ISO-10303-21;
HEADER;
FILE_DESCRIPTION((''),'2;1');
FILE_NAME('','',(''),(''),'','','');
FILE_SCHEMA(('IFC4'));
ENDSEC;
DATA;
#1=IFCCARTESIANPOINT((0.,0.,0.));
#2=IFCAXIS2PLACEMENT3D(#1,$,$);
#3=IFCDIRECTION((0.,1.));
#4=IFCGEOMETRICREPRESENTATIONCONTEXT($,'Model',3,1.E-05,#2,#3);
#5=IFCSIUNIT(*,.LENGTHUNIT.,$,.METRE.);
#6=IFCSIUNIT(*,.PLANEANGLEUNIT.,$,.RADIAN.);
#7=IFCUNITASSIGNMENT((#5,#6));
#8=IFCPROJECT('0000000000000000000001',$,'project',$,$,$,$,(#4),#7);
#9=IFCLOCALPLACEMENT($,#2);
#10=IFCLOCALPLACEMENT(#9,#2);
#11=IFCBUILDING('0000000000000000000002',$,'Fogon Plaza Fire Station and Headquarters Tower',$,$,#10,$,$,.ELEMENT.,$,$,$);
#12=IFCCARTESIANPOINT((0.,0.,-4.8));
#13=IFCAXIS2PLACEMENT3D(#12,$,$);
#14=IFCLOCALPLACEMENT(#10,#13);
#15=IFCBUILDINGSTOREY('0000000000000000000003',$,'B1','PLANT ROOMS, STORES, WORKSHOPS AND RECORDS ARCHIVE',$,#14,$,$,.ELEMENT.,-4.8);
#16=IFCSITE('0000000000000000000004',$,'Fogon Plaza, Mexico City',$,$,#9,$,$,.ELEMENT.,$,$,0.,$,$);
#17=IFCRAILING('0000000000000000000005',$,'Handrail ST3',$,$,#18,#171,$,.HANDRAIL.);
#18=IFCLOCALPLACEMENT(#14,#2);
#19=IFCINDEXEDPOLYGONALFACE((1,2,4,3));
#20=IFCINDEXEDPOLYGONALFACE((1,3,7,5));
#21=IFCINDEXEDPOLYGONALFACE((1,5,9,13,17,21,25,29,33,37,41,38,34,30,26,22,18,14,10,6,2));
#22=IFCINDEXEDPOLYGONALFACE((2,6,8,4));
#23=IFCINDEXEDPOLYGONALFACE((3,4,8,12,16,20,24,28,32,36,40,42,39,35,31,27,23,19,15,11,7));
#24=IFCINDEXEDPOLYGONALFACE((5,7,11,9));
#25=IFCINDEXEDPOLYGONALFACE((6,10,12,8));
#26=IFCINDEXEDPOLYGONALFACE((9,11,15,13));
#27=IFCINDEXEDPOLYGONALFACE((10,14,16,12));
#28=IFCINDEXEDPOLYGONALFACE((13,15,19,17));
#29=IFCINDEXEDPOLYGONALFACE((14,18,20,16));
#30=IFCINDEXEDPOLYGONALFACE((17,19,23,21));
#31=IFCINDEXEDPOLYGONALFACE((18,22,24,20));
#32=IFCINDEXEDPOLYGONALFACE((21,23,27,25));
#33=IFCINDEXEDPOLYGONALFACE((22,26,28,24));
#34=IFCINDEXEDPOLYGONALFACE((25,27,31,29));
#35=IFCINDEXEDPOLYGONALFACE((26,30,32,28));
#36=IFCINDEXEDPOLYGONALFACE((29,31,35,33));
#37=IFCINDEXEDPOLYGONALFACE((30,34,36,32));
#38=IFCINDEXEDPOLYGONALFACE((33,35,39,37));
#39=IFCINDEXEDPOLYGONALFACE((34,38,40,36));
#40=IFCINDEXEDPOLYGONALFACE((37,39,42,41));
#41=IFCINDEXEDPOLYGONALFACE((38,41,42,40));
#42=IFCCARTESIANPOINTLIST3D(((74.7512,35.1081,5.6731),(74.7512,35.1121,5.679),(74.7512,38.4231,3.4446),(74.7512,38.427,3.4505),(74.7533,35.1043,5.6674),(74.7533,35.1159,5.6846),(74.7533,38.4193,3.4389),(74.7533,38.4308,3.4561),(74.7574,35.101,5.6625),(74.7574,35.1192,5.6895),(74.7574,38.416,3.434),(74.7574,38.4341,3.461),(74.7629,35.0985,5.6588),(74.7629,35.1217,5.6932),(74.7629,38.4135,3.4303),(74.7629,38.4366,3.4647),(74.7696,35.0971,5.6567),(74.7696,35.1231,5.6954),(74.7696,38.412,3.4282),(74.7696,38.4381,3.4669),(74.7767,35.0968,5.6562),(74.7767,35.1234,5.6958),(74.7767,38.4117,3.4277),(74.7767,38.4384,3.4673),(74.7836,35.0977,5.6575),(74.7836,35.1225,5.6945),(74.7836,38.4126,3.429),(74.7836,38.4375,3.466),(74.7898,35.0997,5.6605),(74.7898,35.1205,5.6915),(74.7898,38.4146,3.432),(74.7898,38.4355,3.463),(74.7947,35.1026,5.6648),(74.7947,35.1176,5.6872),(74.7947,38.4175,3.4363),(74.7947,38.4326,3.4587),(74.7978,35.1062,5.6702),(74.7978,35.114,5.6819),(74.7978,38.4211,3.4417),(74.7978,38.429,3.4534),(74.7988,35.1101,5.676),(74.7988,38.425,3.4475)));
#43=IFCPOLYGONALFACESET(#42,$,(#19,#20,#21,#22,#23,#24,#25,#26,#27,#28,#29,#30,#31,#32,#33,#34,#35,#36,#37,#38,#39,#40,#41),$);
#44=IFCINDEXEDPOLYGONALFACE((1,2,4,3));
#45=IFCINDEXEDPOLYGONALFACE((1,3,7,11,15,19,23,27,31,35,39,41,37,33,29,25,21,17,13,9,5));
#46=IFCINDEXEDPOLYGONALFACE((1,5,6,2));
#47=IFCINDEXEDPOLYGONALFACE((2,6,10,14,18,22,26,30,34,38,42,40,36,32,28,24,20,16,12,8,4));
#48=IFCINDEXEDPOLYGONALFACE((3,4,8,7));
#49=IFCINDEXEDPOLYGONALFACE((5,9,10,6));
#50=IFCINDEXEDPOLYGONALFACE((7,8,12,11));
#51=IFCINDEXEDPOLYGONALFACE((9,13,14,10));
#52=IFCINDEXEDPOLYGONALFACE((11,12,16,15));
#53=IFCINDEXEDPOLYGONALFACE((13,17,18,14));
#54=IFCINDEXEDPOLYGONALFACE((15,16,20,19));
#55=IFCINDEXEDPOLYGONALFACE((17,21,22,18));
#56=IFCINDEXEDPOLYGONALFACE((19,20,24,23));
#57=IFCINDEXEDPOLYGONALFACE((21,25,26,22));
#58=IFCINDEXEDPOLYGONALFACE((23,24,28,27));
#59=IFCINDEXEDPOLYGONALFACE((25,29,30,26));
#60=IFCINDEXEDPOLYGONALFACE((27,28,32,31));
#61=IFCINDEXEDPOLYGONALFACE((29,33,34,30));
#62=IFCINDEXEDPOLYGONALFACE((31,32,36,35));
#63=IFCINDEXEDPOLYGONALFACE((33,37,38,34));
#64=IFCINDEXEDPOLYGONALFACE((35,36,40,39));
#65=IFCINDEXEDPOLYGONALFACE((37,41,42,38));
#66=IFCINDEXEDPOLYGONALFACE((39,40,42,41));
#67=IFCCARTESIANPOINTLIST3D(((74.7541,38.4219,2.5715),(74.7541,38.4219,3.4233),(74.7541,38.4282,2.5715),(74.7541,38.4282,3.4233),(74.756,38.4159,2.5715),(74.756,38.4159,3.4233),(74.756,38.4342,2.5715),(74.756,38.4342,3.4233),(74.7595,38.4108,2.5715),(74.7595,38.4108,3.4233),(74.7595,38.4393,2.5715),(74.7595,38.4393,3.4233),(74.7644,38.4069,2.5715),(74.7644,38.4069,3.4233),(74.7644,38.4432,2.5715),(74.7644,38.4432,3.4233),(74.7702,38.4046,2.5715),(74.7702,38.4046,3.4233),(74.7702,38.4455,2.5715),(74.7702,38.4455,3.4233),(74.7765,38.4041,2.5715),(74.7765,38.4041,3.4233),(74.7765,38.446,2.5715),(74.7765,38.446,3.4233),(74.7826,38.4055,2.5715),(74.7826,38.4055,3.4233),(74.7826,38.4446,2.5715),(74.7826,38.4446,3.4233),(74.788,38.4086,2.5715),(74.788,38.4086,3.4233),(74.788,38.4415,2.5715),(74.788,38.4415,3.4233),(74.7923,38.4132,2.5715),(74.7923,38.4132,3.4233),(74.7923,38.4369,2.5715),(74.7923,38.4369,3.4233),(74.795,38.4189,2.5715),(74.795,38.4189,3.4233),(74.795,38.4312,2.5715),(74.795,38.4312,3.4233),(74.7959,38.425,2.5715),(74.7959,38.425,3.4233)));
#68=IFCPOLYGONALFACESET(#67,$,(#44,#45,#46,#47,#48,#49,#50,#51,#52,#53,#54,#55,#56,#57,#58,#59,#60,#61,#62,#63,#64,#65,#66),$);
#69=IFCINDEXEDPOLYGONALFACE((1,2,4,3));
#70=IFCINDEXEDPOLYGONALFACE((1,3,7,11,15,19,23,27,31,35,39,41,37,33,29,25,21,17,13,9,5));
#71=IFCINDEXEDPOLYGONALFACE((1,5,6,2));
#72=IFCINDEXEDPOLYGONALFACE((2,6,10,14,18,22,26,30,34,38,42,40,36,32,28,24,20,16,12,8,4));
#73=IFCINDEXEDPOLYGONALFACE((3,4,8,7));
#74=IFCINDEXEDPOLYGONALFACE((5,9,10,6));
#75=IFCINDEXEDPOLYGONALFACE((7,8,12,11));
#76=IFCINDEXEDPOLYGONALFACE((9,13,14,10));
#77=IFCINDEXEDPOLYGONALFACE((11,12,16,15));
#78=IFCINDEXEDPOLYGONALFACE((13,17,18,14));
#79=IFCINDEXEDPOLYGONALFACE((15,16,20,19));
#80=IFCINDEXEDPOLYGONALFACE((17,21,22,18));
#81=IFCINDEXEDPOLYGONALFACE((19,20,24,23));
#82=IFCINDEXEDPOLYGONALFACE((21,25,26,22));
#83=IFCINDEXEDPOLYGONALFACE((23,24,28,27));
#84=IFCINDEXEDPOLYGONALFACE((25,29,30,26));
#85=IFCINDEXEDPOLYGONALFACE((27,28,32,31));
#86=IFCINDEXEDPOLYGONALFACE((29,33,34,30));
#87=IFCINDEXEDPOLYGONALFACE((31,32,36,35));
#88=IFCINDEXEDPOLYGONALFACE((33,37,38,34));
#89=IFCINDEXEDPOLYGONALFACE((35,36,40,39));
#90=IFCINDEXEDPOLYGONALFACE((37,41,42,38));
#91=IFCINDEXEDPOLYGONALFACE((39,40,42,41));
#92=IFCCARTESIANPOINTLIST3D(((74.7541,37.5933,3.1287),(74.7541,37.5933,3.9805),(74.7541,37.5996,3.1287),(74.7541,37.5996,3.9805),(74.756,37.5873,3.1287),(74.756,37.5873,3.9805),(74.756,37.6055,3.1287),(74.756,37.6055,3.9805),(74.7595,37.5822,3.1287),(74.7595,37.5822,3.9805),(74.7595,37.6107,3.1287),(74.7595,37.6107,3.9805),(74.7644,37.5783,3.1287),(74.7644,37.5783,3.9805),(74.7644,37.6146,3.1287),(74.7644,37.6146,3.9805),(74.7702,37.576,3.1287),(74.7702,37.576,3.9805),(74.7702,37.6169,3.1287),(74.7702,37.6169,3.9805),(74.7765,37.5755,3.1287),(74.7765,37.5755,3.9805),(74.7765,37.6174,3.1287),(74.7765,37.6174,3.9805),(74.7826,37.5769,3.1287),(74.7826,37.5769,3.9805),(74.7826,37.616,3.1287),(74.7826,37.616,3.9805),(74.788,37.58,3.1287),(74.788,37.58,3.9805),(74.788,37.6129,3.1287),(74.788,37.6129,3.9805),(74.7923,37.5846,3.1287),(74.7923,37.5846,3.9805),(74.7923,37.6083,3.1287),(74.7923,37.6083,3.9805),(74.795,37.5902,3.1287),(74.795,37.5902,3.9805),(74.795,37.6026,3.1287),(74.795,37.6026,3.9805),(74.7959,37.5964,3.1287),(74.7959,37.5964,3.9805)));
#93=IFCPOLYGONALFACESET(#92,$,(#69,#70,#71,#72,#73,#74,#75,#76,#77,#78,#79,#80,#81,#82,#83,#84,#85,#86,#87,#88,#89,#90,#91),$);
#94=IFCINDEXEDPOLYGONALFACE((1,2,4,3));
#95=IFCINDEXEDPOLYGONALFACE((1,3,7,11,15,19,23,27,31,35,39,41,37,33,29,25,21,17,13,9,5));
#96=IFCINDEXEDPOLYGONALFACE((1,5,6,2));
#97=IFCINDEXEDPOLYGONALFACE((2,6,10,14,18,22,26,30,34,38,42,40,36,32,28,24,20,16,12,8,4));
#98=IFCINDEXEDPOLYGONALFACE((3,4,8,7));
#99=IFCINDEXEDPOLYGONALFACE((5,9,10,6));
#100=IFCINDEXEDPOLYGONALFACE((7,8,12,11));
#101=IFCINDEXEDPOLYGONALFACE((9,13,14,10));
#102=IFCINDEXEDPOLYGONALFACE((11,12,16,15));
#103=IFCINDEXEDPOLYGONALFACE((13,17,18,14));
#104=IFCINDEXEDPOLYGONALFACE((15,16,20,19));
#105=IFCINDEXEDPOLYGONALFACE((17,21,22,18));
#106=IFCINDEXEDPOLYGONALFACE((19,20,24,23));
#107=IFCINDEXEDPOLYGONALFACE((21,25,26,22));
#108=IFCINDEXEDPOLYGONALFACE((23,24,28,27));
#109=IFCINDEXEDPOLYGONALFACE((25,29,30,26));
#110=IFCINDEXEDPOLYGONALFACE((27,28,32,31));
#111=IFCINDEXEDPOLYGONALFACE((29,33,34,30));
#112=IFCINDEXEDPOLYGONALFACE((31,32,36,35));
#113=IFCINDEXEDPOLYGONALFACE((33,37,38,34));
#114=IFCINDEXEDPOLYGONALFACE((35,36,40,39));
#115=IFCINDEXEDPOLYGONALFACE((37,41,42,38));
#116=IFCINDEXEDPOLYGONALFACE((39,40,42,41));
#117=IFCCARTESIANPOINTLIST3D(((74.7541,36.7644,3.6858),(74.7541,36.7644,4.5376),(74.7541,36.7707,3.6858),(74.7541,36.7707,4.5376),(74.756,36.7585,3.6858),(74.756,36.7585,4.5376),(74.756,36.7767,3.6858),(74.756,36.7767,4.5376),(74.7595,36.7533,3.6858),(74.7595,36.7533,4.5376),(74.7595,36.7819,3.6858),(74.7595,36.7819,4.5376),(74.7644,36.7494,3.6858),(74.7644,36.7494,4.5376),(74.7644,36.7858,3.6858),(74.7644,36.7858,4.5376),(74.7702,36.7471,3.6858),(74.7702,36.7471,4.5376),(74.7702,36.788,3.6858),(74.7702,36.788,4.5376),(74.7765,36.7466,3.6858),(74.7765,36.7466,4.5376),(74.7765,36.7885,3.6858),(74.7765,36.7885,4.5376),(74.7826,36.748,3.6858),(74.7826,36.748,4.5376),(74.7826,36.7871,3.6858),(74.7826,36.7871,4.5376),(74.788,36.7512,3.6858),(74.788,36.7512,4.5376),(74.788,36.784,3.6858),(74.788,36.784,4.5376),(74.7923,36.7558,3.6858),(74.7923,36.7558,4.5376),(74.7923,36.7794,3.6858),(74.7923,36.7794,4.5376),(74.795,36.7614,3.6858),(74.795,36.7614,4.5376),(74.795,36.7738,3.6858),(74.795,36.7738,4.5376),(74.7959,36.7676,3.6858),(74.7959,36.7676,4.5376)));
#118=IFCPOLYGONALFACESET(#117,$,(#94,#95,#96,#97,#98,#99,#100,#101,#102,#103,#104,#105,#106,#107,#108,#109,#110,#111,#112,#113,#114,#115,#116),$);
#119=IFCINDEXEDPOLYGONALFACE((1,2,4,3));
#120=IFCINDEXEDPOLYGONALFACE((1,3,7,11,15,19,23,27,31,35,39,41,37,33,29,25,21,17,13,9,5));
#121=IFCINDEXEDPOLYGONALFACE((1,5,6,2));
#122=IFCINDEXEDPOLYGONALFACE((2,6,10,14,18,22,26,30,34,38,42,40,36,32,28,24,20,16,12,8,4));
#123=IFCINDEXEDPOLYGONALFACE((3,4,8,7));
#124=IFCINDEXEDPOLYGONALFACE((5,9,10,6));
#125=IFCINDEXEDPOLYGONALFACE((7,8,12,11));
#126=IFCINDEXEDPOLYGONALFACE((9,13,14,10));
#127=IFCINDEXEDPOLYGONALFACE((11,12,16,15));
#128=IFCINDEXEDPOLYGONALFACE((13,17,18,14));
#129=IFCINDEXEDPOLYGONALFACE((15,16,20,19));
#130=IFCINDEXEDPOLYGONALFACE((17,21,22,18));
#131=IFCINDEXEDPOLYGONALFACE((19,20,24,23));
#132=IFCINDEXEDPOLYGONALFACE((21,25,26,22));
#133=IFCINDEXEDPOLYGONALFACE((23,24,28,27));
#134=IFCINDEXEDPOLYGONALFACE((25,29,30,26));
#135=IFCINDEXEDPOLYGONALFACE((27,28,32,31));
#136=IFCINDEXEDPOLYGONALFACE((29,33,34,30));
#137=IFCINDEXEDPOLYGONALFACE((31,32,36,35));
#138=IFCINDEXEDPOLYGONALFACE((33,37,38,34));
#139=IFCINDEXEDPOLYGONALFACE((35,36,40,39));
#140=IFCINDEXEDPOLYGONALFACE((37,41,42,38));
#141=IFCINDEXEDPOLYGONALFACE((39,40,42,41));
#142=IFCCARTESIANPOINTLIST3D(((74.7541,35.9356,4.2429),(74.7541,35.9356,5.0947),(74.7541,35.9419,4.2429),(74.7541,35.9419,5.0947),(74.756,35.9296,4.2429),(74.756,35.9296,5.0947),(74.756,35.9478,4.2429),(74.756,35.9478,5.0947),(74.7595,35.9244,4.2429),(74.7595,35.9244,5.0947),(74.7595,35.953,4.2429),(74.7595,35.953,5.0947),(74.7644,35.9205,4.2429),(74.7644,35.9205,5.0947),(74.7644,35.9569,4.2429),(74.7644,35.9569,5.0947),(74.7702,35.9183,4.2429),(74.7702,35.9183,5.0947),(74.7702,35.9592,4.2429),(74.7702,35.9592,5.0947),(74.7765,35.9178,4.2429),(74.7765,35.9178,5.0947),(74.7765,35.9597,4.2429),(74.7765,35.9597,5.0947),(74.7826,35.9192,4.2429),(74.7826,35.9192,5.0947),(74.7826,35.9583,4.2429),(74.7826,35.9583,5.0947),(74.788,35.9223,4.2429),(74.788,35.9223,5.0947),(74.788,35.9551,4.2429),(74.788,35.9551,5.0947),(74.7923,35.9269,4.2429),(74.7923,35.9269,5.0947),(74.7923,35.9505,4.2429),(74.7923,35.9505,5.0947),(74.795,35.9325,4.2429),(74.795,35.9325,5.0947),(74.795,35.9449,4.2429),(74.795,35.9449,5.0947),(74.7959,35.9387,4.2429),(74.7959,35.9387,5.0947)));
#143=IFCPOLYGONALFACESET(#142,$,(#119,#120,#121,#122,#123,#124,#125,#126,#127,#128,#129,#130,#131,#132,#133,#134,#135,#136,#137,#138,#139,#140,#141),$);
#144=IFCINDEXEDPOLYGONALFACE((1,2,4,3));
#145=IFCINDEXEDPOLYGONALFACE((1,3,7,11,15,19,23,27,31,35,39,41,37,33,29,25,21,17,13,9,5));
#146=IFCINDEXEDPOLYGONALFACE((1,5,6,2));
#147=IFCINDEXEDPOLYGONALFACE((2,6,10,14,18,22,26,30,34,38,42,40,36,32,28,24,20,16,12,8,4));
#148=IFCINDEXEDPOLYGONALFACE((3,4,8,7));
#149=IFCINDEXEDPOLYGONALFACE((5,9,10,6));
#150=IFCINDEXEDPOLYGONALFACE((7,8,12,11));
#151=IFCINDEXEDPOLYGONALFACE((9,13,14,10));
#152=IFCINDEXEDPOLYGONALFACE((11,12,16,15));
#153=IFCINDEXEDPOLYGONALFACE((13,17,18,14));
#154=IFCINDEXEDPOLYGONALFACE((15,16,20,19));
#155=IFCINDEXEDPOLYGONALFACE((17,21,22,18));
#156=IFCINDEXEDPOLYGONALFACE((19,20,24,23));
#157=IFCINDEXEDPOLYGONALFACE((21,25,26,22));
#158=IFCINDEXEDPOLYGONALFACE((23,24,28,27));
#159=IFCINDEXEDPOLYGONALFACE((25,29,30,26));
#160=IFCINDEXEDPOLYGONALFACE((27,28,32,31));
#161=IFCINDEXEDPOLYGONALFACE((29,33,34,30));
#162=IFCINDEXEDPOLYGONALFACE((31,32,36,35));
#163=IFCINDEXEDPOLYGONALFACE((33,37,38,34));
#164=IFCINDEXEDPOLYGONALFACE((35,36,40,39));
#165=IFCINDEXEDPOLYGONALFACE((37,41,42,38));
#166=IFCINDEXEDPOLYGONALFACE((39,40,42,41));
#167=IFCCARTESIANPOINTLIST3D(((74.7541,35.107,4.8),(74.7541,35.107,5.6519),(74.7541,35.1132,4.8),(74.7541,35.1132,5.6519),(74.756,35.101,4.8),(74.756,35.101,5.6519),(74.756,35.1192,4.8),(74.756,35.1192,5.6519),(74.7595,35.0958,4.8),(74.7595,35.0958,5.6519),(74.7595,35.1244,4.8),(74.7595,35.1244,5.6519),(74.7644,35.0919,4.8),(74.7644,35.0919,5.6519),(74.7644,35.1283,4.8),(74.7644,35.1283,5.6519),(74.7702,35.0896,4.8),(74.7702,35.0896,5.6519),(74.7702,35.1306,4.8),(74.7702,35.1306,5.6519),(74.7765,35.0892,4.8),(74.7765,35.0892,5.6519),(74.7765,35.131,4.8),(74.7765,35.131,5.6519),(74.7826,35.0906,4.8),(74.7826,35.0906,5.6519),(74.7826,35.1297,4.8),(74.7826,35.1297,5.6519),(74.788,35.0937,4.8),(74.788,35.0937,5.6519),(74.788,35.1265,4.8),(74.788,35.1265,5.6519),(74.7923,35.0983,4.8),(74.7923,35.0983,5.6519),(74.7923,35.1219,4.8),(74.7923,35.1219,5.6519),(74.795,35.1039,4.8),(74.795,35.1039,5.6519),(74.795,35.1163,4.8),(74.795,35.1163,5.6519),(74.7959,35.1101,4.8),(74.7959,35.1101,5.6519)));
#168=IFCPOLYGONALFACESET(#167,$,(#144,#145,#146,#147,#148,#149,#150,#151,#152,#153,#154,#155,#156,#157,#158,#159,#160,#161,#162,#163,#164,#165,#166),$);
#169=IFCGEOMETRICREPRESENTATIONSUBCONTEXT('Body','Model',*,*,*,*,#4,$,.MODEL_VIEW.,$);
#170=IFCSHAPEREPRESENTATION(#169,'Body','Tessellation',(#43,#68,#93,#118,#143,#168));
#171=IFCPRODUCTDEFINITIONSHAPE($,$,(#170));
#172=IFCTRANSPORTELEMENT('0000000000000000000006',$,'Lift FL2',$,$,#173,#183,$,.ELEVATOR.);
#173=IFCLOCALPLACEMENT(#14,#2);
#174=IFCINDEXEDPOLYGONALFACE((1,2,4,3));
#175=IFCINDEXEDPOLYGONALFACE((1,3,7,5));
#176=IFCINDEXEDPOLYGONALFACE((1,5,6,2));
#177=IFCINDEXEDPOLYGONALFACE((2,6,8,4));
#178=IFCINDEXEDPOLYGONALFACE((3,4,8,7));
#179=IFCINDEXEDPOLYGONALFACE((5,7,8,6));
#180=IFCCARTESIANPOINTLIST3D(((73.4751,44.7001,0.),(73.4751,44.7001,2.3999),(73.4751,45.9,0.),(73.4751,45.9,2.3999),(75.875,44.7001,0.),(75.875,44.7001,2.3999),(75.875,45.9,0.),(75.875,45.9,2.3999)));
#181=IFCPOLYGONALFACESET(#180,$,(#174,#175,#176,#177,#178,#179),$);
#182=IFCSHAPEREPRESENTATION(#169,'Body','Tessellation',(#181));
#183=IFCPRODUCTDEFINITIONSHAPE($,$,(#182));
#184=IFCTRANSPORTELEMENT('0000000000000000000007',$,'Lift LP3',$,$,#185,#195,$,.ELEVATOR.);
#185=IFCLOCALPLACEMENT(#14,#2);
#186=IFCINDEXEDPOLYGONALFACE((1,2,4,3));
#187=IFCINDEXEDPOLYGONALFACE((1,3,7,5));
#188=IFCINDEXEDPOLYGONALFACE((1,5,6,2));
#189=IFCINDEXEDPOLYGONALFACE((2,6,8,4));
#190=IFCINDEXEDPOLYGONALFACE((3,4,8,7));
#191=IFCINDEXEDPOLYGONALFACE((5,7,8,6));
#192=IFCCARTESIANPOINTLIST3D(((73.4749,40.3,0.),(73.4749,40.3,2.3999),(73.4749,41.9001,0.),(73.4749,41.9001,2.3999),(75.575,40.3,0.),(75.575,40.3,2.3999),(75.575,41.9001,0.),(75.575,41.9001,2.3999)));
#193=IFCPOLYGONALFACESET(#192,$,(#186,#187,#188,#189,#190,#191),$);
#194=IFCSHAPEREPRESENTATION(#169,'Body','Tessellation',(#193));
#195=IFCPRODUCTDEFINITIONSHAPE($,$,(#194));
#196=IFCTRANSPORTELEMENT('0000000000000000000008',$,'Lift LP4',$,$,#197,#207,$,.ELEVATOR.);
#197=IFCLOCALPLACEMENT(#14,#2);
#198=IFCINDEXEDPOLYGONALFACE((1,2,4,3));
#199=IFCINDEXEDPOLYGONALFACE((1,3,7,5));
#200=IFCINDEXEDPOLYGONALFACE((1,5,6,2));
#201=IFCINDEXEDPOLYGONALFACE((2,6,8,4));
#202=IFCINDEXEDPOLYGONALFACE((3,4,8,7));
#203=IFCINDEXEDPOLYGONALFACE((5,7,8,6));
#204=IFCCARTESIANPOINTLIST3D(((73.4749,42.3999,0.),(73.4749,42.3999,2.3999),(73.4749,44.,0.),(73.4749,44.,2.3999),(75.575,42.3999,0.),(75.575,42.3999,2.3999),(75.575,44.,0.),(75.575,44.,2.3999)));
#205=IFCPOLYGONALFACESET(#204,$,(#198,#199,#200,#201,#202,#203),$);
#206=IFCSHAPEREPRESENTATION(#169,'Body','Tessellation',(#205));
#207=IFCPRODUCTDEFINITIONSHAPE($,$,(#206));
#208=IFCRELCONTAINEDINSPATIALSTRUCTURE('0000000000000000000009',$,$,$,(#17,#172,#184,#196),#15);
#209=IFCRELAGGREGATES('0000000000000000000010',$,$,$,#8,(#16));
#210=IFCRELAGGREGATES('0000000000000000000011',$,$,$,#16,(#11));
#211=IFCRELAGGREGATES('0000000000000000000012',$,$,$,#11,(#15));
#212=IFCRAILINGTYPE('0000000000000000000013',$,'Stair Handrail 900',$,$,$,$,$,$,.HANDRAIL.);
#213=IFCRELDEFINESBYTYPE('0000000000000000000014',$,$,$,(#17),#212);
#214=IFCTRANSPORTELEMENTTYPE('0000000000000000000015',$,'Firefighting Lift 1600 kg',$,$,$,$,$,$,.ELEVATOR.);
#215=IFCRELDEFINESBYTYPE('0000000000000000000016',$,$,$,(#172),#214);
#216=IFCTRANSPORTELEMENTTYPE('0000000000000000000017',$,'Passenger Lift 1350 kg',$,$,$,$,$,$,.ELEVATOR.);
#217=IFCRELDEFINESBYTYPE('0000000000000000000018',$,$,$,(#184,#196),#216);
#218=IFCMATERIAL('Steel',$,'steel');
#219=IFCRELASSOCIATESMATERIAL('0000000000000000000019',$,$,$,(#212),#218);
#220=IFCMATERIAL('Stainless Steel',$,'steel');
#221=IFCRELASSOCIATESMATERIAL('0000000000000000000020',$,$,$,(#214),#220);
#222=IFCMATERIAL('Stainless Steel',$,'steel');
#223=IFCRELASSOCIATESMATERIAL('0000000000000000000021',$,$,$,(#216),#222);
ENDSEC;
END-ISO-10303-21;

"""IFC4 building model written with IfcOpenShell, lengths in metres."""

from ifc_helpers import new_model, si_unit, direction, frame, origin, origin_2d, place, context, subcontext, project, spatial, rectangle, circle, extrude, material, type_object, element, save


model = new_model("IFC4")

# Units and contexts
model_context = context("Model", 3, precision=1e-05, world=origin(), true_north=direction((0.0, 1.0)))
body_context = subcontext(model_context, "Body", "Model", "MODEL_VIEW")
ifc_project = project(units=[si_unit("LENGTHUNIT", "METRE"), si_unit("PLANEANGLEUNIT", "RADIAN")], contexts=[model_context])

# Site, building, storey
site_placement = place(None, origin())
site = spatial("IfcSite", under=ifc_project, at=site_placement, Name="Fogon Plaza, Mexico City", CompositionType="ELEMENT", RefElevation=0.0)
building_placement = place(site_placement, origin())
building = spatial("IfcBuilding", under=site, at=building_placement, Name="Fogon Plaza Fire Station and Headquarters Tower", CompositionType="ELEMENT")
storey_placement = place(building_placement, frame((0.0, 0.0, -4.8)))
storey = spatial("IfcBuildingStorey", under=building, at=storey_placement, Name="B1", Description="PLANT ROOMS, STORES, WORKSHOPS AND RECORDS ARCHIVE", CompositionType="ELEMENT", Elevation=-4.8)

# Railing
ifc_material_1 = material(Name="Steel", Category="steel")
railing_type = type_object("IfcRailingType", Name="Stair Handrail 900", PredefinedType="HANDRAIL", material=ifc_material_1)
for number, where, name in (
    (1, (74.7749, 38.425, 2.5715), "Handrail ST3"),
):
    element("IfcRailing", number, at=place(storey_placement, frame(where)), inside=storey, type_object=railing_type, Name=name, PredefinedType="HANDRAIL", context=body_context, shape_type="SweptSolid", body=[
        extrude(circle(Radius=0.0239, at=origin_2d()), frame((0.0, 0.0, 0.876), z_axis=(0.0, -0.8299, 0.557912), x_axis=(1.0, 0.0, 0.0)), (0.0, 0.0, 1.0), 3.9944),
        extrude(circle(Radius=0.021, at=origin_2d()), origin(), (0.0, 0.0, 1.0), 0.8518),
        extrude(circle(Radius=0.021, at=origin_2d()), frame((0.0, -0.8286, 0.5571)), (0.0, 0.0, 1.0), 0.8518),
        extrude(circle(Radius=0.021, at=origin_2d()), frame((0.0, -1.6575, 1.1143)), (0.0, 0.0, 1.0), 0.8518),
        extrude(circle(Radius=0.021, at=origin_2d()), frame((0.0, -2.4863, 1.6714)), (0.0, 0.0, 1.0), 0.8518),
        extrude(circle(Radius=0.021, at=origin_2d()), frame((0.0, -3.3149, 2.2285)), (0.0, 0.0, 1.0), 0.8518),
    ])

# Transport elements
ifc_material_2 = material(Name="Stainless Steel", Category="steel")
transport_element_type_1 = type_object("IfcTransportElementType", Name="Firefighting Lift 1600 kg", PredefinedType="ELEVATOR", material=ifc_material_2)
transport_element_placement = place(storey_placement, frame((74.675, 45.3, 0.0), z_axis=(0.0, 0.0, 1.0), x_axis=(1.0, 0.0, 0.0)))
element("IfcTransportElement", 2, at=transport_element_placement, inside=storey, type_object=transport_element_type_1, Name="Lift FL2", PredefinedType="ELEVATOR", context=body_context, shape_type="SweptSolid", body=[
    extrude(rectangle(XDim=2.3999, YDim=1.2, at=origin_2d()), origin(), (0.0, 0.0, 1.0), 2.3999),
])
ifc_material_3 = material(Name="Stainless Steel", Category="steel")
transport_element_type_2 = type_object("IfcTransportElementType", Name="Passenger Lift 1350 kg", PredefinedType="ELEVATOR", material=ifc_material_3)
for number, where, z_axis, x_axis, name in (
    (3, (74.5249, 41.1001, 0.0), (0.0, 0.0, 1.0), (1.0, 0.0, 0.0), "Lift LP3"),
    (4, (74.5249, 43.2, 0.0), (0.0, 0.0, 1.0), (1.0, 0.0, 0.0), "Lift LP4"),
):
    element("IfcTransportElement", number, at=place(storey_placement, frame(where, z_axis=z_axis, x_axis=x_axis)), inside=storey, type_object=transport_element_type_2, Name=name, PredefinedType="ELEVATOR", context=body_context, shape_type="SweptSolid", body=[
        extrude(rectangle(XDim=2.1001, YDim=1.6001, at=origin_2d()), origin(), (0.0, 0.0, 1.0), 2.3999),
    ])

save(model, "model.ifc")
